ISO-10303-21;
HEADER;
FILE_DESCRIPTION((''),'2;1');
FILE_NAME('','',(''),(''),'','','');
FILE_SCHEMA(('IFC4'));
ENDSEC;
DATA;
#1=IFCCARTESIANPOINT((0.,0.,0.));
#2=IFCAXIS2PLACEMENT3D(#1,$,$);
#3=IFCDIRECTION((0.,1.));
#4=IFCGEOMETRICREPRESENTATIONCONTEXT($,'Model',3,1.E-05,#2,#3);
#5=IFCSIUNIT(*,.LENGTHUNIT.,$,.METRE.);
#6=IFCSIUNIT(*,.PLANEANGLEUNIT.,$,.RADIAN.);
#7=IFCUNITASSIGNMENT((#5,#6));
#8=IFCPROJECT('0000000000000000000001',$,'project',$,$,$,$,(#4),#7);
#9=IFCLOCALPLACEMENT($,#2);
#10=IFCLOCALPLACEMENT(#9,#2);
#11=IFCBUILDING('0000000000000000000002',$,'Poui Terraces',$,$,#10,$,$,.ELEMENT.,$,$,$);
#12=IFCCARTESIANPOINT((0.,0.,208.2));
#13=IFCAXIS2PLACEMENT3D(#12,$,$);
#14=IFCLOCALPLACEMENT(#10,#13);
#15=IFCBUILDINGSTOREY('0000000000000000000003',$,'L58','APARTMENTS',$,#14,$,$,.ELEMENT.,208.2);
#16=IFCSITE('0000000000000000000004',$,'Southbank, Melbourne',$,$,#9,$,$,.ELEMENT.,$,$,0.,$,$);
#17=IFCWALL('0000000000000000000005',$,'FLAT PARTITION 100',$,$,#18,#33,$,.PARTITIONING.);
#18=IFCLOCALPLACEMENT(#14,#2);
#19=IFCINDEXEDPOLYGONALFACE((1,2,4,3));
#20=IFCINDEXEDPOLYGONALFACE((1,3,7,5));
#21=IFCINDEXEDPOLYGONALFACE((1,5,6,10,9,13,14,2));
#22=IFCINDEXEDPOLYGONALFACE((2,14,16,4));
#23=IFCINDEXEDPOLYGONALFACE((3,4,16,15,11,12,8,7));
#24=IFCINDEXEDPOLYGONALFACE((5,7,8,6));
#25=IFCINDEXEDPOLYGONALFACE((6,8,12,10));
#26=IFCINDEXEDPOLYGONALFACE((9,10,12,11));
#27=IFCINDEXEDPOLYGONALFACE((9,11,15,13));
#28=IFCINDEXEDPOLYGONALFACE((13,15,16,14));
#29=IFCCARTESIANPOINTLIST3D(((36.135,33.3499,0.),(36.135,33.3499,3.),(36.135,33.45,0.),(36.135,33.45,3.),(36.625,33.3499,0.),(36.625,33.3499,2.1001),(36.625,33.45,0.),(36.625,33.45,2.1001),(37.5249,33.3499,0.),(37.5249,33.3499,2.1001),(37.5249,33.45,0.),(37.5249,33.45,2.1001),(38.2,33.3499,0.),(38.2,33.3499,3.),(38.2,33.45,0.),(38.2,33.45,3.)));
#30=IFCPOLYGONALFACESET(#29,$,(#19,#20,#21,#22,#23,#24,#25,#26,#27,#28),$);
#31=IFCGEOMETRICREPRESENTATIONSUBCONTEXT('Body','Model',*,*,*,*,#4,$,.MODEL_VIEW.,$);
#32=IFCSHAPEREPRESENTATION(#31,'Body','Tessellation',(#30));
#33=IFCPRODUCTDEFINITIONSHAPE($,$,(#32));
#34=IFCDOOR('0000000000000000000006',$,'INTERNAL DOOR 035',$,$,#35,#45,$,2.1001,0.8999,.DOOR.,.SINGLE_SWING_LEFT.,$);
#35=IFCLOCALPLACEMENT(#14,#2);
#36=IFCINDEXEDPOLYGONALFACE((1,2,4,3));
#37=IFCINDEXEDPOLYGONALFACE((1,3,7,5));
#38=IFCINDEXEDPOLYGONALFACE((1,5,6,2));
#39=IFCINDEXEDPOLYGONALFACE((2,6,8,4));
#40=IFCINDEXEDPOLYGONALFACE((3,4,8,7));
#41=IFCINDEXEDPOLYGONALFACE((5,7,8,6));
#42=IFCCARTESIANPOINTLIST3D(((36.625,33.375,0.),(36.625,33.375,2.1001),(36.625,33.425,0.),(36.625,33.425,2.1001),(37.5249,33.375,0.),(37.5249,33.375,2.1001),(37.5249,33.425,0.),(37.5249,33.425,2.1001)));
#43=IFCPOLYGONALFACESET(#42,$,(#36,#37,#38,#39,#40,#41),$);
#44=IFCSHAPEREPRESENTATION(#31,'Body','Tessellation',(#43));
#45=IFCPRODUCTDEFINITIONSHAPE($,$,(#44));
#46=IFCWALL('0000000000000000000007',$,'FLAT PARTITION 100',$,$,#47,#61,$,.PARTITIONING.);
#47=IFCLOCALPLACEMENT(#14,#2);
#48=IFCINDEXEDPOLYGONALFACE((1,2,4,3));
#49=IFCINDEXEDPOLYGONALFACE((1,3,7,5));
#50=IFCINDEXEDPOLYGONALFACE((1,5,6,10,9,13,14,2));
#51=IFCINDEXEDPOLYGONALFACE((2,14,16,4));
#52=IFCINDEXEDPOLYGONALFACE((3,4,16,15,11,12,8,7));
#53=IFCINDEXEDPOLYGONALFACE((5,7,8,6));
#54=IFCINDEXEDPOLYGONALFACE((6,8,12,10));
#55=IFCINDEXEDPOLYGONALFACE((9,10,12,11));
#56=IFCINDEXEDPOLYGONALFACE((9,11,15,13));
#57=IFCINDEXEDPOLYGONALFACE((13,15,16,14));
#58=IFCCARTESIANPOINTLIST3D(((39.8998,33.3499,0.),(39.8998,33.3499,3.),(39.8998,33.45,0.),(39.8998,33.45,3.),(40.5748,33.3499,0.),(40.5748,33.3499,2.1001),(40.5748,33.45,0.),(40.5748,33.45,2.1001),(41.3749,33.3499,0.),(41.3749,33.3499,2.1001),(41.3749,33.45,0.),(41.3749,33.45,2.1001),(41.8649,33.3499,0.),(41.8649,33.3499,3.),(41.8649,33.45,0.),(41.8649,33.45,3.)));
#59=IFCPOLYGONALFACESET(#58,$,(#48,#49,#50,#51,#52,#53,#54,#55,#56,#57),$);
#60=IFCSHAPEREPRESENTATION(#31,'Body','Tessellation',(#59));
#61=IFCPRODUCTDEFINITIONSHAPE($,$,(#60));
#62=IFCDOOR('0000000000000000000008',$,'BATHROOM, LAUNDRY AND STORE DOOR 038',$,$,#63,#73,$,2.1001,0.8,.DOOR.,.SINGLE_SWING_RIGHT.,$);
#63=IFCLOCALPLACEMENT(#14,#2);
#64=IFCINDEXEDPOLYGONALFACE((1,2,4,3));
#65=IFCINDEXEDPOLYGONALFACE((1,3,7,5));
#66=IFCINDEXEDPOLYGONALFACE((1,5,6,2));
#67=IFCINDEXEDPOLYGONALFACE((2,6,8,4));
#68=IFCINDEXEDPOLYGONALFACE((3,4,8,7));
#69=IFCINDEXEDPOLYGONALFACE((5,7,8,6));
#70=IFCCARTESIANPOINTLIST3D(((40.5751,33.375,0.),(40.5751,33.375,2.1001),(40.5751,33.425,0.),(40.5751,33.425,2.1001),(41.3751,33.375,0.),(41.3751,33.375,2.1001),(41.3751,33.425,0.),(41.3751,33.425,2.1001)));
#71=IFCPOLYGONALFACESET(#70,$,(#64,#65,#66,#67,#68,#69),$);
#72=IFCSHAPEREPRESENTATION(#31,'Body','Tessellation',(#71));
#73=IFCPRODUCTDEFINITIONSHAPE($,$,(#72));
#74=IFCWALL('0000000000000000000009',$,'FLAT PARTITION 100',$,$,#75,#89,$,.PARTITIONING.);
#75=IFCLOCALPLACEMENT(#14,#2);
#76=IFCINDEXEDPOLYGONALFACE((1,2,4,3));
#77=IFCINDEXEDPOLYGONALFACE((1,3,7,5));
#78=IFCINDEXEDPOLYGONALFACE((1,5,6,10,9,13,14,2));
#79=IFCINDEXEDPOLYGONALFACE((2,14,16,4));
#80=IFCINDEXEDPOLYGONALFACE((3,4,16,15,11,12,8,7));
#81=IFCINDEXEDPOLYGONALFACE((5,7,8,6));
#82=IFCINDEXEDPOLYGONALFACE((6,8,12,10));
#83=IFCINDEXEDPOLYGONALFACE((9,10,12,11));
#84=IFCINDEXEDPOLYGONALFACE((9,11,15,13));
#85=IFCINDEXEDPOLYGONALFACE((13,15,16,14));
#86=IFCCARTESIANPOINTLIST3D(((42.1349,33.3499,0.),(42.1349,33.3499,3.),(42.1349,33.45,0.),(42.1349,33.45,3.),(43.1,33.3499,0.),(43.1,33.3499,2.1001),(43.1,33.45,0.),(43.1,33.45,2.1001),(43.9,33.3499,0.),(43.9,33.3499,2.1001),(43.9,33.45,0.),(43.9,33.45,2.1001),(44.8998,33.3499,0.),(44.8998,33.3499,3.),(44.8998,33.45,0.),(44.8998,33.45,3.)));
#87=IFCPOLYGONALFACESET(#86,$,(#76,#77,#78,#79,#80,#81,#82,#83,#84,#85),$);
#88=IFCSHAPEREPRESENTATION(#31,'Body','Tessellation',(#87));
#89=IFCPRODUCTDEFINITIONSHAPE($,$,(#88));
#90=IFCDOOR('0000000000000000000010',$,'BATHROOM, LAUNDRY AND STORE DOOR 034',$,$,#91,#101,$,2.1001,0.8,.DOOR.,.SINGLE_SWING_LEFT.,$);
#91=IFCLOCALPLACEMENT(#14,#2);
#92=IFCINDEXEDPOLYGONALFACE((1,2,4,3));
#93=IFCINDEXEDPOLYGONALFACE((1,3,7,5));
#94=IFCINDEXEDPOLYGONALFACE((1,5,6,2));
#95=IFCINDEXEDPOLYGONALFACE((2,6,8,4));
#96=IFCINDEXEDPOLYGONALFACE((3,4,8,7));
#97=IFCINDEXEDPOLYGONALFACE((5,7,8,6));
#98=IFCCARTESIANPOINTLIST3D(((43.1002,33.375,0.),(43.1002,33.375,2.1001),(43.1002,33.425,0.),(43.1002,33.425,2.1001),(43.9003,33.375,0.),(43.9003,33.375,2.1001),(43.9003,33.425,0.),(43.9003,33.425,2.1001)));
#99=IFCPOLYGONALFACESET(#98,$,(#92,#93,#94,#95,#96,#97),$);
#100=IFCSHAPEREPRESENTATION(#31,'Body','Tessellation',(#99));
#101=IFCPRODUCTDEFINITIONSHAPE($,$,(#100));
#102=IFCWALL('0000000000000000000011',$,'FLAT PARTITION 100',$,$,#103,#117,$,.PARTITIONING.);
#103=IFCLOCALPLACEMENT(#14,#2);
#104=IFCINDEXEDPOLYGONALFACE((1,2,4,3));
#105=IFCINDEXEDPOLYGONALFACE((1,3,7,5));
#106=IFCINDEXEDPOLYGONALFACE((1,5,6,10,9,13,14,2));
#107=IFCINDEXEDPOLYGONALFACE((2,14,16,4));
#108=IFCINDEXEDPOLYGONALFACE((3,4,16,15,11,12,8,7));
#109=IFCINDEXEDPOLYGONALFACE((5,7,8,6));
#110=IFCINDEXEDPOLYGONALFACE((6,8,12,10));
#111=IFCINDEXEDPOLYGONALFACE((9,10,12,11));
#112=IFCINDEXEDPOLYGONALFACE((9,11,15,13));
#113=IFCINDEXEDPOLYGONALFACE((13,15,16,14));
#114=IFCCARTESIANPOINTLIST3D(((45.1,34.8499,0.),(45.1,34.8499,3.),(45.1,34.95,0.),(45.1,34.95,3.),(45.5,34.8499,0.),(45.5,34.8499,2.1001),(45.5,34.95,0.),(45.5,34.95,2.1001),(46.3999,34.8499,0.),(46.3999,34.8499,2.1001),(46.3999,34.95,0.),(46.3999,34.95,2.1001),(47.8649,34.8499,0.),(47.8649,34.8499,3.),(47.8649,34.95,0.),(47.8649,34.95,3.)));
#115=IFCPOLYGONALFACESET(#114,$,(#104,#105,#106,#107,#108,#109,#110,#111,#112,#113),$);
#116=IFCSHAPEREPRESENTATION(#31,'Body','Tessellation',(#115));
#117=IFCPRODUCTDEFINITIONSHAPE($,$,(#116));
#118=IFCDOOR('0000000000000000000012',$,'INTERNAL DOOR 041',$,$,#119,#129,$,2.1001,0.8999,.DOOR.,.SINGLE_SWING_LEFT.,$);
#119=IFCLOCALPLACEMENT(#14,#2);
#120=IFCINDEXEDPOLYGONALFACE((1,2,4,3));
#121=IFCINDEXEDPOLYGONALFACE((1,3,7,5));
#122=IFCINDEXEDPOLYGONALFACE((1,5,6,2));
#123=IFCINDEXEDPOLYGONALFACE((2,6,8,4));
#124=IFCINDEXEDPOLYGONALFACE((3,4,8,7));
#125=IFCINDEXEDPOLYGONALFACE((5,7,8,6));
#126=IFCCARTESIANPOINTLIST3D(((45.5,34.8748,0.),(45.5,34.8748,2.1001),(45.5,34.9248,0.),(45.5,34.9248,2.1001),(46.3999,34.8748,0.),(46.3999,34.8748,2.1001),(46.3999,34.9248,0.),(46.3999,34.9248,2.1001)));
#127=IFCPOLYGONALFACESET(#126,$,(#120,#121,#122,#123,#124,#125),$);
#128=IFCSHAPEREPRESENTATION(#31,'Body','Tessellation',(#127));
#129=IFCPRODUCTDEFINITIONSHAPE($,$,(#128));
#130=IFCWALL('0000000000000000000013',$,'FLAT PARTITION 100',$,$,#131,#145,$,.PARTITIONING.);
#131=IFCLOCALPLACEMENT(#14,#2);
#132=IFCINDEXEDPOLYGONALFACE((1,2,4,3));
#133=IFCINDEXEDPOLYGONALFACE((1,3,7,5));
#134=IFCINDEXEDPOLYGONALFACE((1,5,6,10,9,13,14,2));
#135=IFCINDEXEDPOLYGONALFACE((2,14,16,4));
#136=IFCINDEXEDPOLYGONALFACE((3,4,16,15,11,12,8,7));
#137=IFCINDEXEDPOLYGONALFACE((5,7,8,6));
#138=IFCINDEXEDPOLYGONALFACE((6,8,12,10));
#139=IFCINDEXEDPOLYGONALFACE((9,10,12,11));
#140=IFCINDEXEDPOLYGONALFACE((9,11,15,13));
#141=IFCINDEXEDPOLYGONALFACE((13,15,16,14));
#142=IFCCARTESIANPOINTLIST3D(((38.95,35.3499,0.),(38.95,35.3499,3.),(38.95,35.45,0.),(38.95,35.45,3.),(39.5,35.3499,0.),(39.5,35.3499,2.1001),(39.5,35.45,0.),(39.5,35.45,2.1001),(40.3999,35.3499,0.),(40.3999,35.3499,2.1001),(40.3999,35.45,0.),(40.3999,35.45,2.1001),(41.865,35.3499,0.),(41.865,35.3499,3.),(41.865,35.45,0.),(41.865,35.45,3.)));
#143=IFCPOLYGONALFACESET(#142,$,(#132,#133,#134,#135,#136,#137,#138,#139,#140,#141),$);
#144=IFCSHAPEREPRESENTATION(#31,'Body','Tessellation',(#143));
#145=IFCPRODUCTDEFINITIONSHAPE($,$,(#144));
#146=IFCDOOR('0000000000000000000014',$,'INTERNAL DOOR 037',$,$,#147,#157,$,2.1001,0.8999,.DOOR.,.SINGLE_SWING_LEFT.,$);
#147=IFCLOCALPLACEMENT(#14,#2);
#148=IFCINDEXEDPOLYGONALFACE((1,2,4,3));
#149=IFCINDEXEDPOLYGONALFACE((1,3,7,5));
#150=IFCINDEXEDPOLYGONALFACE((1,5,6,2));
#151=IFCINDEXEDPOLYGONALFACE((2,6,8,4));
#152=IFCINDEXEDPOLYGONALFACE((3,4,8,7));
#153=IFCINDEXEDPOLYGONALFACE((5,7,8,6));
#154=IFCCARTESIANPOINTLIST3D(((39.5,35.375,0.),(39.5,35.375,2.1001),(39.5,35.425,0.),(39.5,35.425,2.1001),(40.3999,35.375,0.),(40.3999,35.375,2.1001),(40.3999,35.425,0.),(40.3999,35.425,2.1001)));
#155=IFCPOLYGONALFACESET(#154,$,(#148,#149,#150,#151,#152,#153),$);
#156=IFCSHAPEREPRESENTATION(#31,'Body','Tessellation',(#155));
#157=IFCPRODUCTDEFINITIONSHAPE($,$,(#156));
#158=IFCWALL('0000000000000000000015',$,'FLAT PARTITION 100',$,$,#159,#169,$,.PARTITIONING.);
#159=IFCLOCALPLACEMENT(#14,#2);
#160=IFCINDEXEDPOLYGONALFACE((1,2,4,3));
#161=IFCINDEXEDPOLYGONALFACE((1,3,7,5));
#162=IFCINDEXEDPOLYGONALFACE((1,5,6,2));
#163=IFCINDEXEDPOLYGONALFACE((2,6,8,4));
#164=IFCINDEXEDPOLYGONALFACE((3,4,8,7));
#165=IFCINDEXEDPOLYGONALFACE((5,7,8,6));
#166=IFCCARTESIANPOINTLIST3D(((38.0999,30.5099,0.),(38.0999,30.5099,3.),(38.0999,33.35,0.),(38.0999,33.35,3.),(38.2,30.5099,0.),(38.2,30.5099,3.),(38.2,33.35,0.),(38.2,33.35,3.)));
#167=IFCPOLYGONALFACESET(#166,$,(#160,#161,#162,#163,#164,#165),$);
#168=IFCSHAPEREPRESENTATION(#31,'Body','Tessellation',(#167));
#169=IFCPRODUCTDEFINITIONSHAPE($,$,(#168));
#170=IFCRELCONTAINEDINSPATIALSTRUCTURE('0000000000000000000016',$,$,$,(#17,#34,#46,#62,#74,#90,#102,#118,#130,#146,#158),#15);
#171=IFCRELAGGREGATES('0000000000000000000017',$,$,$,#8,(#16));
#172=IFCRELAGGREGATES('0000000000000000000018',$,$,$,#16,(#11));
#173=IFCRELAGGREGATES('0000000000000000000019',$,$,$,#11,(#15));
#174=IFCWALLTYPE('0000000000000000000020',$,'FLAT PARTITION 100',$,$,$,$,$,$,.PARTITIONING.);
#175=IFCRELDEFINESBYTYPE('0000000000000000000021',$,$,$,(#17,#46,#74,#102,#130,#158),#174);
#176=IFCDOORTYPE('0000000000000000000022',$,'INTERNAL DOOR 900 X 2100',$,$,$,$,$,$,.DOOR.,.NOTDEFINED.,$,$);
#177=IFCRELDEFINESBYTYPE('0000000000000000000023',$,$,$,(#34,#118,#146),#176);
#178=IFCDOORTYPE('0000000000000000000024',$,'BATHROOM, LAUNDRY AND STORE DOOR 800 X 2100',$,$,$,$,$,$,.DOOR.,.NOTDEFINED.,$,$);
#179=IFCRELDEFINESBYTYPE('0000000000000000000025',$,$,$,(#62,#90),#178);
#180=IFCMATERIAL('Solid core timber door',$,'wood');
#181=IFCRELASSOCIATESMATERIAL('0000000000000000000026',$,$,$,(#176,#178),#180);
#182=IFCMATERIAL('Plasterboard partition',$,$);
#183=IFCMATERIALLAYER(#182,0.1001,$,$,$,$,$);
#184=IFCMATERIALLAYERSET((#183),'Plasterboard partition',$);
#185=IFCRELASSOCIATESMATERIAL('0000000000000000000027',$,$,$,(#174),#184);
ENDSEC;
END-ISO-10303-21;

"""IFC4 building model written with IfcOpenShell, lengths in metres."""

from ifc_helpers import new_model, si_unit, direction, frame, frame_2d, origin, place, context, subcontext, project, spatial, rectangle, extrude, material, layer, layer_set, type_object, element, fill, save


model = new_model("IFC4")

# Units and contexts
model_context = context("Model", 3, precision=1e-05, world=origin(), true_north=direction((0.0, 1.0)))
body_context = subcontext(model_context, "Body", "Model", "MODEL_VIEW")
ifc_project = project(units=[si_unit("LENGTHUNIT", "METRE"), si_unit("PLANEANGLEUNIT", "RADIAN")], contexts=[model_context])

# Site, building, storey
site_placement = place(None, origin())
site = spatial("IfcSite", under=ifc_project, at=site_placement, Name="Southbank, Melbourne", CompositionType="ELEMENT", RefElevation=0.0)
building_placement = place(site_placement, origin())
building = spatial("IfcBuilding", under=site, at=building_placement, Name="Poui Terraces", CompositionType="ELEMENT")
storey_placement = place(building_placement, frame((0.0, 0.0, 208.2)))
storey = spatial("IfcBuildingStorey", under=building, at=storey_placement, Name="L58", Description="APARTMENTS", CompositionType="ELEMENT", Elevation=208.2)

# Walls, openings, doors
ifc_material_1 = material(Name="Solid core timber door", Category="wood")
door_type_1 = type_object("IfcDoorType", Name="INTERNAL DOOR 900 X 2100", OperationType="NOTDEFINED", PredefinedType="DOOR", material=ifc_material_1)
ifc_material_2 = material(Name="Plasterboard partition")
ifc_layer_1 = layer(ifc_material_2, 0.1001)
ifc_layer_set_1 = layer_set([ifc_layer_1], Name="Plasterboard partition")
wall_type_1 = type_object("IfcWallType", Name="FLAT PARTITION 100", PredefinedType="PARTITIONING", material=ifc_layer_set_1)
door_type_2 = type_object("IfcDoorType", Name="BATHROOM, LAUNDRY AND STORE DOOR 800 X 2100", OperationType="NOTDEFINED", PredefinedType="DOOR", material=ifc_material_1)
wall_1_placement = place(storey_placement, frame((36.135, 33.3999, 0.0), z_axis=(0.0, 0.0, 1.0), x_axis=(1.0, 0.0, 0.0)))
wall_1 = element("IfcWall", 1, at=wall_1_placement, inside=storey, type_object=wall_type_1, Name="FLAT PARTITION 100", PredefinedType="PARTITIONING", context=body_context, shape_type="SweptSolid", body=[
    extrude(rectangle(XDim=2.0649, YDim=0.1001, at=frame_2d((1.0325, 0.0))), origin(), (0.0, 0.0, 1.0), 3.0),
])
opening_1_placement = place(wall_1_placement, frame((0.49, 0.0, 0.0)))
opening_1 = element("IfcOpeningElement", 2, at=opening_1_placement, cuts=wall_1, PredefinedType="OPENING", context=body_context, shape_type="SweptSolid", body=[
    extrude(rectangle(XDim=0.8999, YDim=2.1001, at=frame_2d((0.45, 1.05))), frame((0.0, 0.0601, 0.0), z_axis=(0.0, -1.0, 0.0), x_axis=(1.0, 0.0, 0.0)), (0.0, 0.0, 1.0), 0.1201),
])
door_1_placement = place(opening_1_placement, frame((0.8999, 0.0, 0.0), z_axis=(0.0, 0.0, 1.0), x_axis=(-1.0, 0.0, 0.0)))
door_1 = element("IfcDoor", 3, at=door_1_placement, inside=storey, type_object=door_type_1, Name="INTERNAL DOOR 035", OperationType="SINGLE_SWING_LEFT", OverallHeight=2.1001, OverallWidth=0.8999, PredefinedType="DOOR", context=body_context, shape_type="SweptSolid", body=[
    extrude(rectangle(XDim=0.8999, YDim=2.1001, at=frame_2d((0.45, 1.05))), frame((0.0, 0.0249, 0.0), z_axis=(0.0, -1.0, 0.0), x_axis=(1.0, 0.0, 0.0)), (0.0, 0.0, 1.0), 0.05),
])
fill(opening_1, door_1)
wall_2_placement = place(storey_placement, frame((39.8999, 33.3999, 0.0), z_axis=(0.0, 0.0, 1.0), x_axis=(1.0, 0.0, 0.0)))
wall_2 = element("IfcWall", 4, at=wall_2_placement, inside=storey, type_object=wall_type_1, Name="FLAT PARTITION 100", PredefinedType="PARTITIONING", context=body_context, shape_type="SweptSolid", body=[
    extrude(rectangle(XDim=1.9651, YDim=0.1001, at=frame_2d((0.9824, 0.0))), origin(), (0.0, 0.0, 1.0), 3.0),
])
opening_2_placement = place(wall_2_placement, frame((0.675, 0.0, 0.0)))
opening_2 = element("IfcOpeningElement", 5, at=opening_2_placement, cuts=wall_2, PredefinedType="OPENING", context=body_context, shape_type="SweptSolid", body=[
    extrude(rectangle(XDim=0.8, YDim=2.1001, at=frame_2d((0.3999, 1.05))), frame((0.0, 0.0601, 0.0), z_axis=(0.0, -1.0, 0.0), x_axis=(1.0, 0.0, 0.0)), (0.0, 0.0, 1.0), 0.1201),
])
door_2_placement = place(opening_2_placement, frame((0.8, 0.0, 0.0), z_axis=(0.0, 0.0, 1.0), x_axis=(-1.0, 0.0, 0.0)))
door_2 = element("IfcDoor", 6, at=door_2_placement, inside=storey, type_object=door_type_2, Name="BATHROOM, LAUNDRY AND STORE DOOR 038", OperationType="SINGLE_SWING_RIGHT", OverallHeight=2.1001, OverallWidth=0.8, PredefinedType="DOOR", context=body_context, shape_type="SweptSolid", body=[
    extrude(rectangle(XDim=0.8, YDim=2.1001, at=frame_2d((0.3999, 1.05))), frame((0.0, 0.0249, 0.0), z_axis=(0.0, -1.0, 0.0), x_axis=(1.0, 0.0, 0.0)), (0.0, 0.0, 1.0), 0.05),
])
fill(opening_2, door_2)
wall_3_placement = place(storey_placement, frame((42.135, 33.3999, 0.0), z_axis=(0.0, 0.0, 1.0), x_axis=(1.0, 0.0, 0.0)))
wall_3 = element("IfcWall", 7, at=wall_3_placement, inside=storey, type_object=wall_type_1, Name="FLAT PARTITION 100", PredefinedType="PARTITIONING", context=body_context, shape_type="SweptSolid", body=[
    extrude(rectangle(XDim=2.7649, YDim=0.1001, at=frame_2d((1.3823, 0.0))), origin(), (0.0, 0.0, 1.0), 3.0),
])
opening_3_placement = place(wall_3_placement, frame((0.9651, 0.0, 0.0)))
opening_3 = element("IfcOpeningElement", 8, at=opening_3_placement, cuts=wall_3, PredefinedType="OPENING", context=body_context, shape_type="SweptSolid", body=[
    extrude(rectangle(XDim=0.8, YDim=2.1001, at=frame_2d((0.3999, 1.05))), frame((0.0, 0.0601, 0.0), z_axis=(0.0, -1.0, 0.0), x_axis=(1.0, 0.0, 0.0)), (0.0, 0.0, 1.0), 0.1201),
])
door_3_placement = place(opening_3_placement, frame((0.8, 0.0, 0.0), z_axis=(0.0, 0.0, 1.0), x_axis=(-1.0, 0.0, 0.0)))
door_3 = element("IfcDoor", 9, at=door_3_placement, inside=storey, type_object=door_type_2, Name="BATHROOM, LAUNDRY AND STORE DOOR 034", OperationType="SINGLE_SWING_LEFT", OverallHeight=2.1001, OverallWidth=0.8, PredefinedType="DOOR", context=body_context, shape_type="SweptSolid", body=[
    extrude(rectangle(XDim=0.8, YDim=2.1001, at=frame_2d((0.3999, 1.05))), frame((0.0, 0.0249, 0.0), z_axis=(0.0, -1.0, 0.0), x_axis=(1.0, 0.0, 0.0)), (0.0, 0.0, 1.0), 0.05),
])
fill(opening_3, door_3)
wall_4_placement = place(storey_placement, frame((45.1001, 34.8999, 0.0), z_axis=(0.0, 0.0, 1.0), x_axis=(1.0, 0.0, 0.0)))
wall_4 = element("IfcWall", 10, at=wall_4_placement, inside=storey, type_object=wall_type_1, Name="FLAT PARTITION 100", PredefinedType="PARTITIONING", context=body_context, shape_type="SweptSolid", body=[
    extrude(rectangle(XDim=2.7649, YDim=0.1001, at=frame_2d((1.3823, 0.0))), origin(), (0.0, 0.0, 1.0), 3.0),
])
opening_4_placement = place(wall_4_placement, frame((0.3999, 0.0, 0.0)))
opening_4 = element("IfcOpeningElement", 11, at=opening_4_placement, cuts=wall_4, PredefinedType="OPENING", context=body_context, shape_type="SweptSolid", body=[
    extrude(rectangle(XDim=0.8999, YDim=2.1001, at=frame_2d((0.45, 1.05))), frame((0.0, 0.0601, 0.0), z_axis=(0.0, -1.0, 0.0), x_axis=(1.0, 0.0, 0.0)), (0.0, 0.0, 1.0), 0.1201),
])
door_4_placement = place(opening_4_placement, origin())
door_4 = element("IfcDoor", 12, at=door_4_placement, inside=storey, type_object=door_type_1, Name="INTERNAL DOOR 041", OperationType="SINGLE_SWING_LEFT", OverallHeight=2.1001, OverallWidth=0.8999, PredefinedType="DOOR", context=body_context, shape_type="SweptSolid", body=[
    extrude(rectangle(XDim=0.8999, YDim=2.1001, at=frame_2d((0.45, 1.05))), frame((0.0, 0.0249, 0.0), z_axis=(0.0, -1.0, 0.0), x_axis=(1.0, 0.0, 0.0)), (0.0, 0.0, 1.0), 0.05),
])
fill(opening_4, door_4)
wall_5_placement = place(storey_placement, frame((38.95, 35.3999, 0.0), z_axis=(0.0, 0.0, 1.0), x_axis=(1.0, 0.0, 0.0)))
wall_5 = element("IfcWall", 13, at=wall_5_placement, inside=storey, type_object=wall_type_1, Name="FLAT PARTITION 100", PredefinedType="PARTITIONING", context=body_context, shape_type="SweptSolid", body=[
    extrude(rectangle(XDim=2.915, YDim=0.1001, at=frame_2d((1.4575, 0.0))), origin(), (0.0, 0.0, 1.0), 3.0),
])
opening_5_placement = place(wall_5_placement, frame((0.55, 0.0, 0.0)))
opening_5 = element("IfcOpeningElement", 14, at=opening_5_placement, cuts=wall_5, PredefinedType="OPENING", context=body_context, shape_type="SweptSolid", body=[
    extrude(rectangle(XDim=0.8999, YDim=2.1001, at=frame_2d((0.45, 1.05))), frame((0.0, 0.0601, 0.0), z_axis=(0.0, -1.0, 0.0), x_axis=(1.0, 0.0, 0.0)), (0.0, 0.0, 1.0), 0.1201),
])
door_5_placement = place(opening_5_placement, frame((0.8999, 0.0, 0.0), z_axis=(0.0, 0.0, 1.0), x_axis=(-1.0, 0.0, 0.0)))
door_5 = element("IfcDoor", 15, at=door_5_placement, inside=storey, type_object=door_type_1, Name="INTERNAL DOOR 037", OperationType="SINGLE_SWING_LEFT", OverallHeight=2.1001, OverallWidth=0.8999, PredefinedType="DOOR", context=body_context, shape_type="SweptSolid", body=[
    extrude(rectangle(XDim=0.8999, YDim=2.1001, at=frame_2d((0.45, 1.05))), frame((0.0, 0.0249, 0.0), z_axis=(0.0, -1.0, 0.0), x_axis=(1.0, 0.0, 0.0)), (0.0, 0.0, 1.0), 0.05),
])
fill(opening_5, door_5)

# Wall
wall_6_placement = place(storey_placement, frame((38.1499, 30.51, 0.0), z_axis=(0.0, 0.0, 1.0), x_axis=(0.0, 1.0, 0.0)))
element("IfcWall", 16, at=wall_6_placement, inside=storey, type_object=wall_type_1, Name="FLAT PARTITION 100", PredefinedType="PARTITIONING", context=body_context, shape_type="SweptSolid", body=[
    extrude(rectangle(XDim=2.8401, YDim=0.1001, at=frame_2d((1.4199, 0.0))), origin(), (0.0, 0.0, 1.0), 3.0),
])

save(model, "model.ifc")
